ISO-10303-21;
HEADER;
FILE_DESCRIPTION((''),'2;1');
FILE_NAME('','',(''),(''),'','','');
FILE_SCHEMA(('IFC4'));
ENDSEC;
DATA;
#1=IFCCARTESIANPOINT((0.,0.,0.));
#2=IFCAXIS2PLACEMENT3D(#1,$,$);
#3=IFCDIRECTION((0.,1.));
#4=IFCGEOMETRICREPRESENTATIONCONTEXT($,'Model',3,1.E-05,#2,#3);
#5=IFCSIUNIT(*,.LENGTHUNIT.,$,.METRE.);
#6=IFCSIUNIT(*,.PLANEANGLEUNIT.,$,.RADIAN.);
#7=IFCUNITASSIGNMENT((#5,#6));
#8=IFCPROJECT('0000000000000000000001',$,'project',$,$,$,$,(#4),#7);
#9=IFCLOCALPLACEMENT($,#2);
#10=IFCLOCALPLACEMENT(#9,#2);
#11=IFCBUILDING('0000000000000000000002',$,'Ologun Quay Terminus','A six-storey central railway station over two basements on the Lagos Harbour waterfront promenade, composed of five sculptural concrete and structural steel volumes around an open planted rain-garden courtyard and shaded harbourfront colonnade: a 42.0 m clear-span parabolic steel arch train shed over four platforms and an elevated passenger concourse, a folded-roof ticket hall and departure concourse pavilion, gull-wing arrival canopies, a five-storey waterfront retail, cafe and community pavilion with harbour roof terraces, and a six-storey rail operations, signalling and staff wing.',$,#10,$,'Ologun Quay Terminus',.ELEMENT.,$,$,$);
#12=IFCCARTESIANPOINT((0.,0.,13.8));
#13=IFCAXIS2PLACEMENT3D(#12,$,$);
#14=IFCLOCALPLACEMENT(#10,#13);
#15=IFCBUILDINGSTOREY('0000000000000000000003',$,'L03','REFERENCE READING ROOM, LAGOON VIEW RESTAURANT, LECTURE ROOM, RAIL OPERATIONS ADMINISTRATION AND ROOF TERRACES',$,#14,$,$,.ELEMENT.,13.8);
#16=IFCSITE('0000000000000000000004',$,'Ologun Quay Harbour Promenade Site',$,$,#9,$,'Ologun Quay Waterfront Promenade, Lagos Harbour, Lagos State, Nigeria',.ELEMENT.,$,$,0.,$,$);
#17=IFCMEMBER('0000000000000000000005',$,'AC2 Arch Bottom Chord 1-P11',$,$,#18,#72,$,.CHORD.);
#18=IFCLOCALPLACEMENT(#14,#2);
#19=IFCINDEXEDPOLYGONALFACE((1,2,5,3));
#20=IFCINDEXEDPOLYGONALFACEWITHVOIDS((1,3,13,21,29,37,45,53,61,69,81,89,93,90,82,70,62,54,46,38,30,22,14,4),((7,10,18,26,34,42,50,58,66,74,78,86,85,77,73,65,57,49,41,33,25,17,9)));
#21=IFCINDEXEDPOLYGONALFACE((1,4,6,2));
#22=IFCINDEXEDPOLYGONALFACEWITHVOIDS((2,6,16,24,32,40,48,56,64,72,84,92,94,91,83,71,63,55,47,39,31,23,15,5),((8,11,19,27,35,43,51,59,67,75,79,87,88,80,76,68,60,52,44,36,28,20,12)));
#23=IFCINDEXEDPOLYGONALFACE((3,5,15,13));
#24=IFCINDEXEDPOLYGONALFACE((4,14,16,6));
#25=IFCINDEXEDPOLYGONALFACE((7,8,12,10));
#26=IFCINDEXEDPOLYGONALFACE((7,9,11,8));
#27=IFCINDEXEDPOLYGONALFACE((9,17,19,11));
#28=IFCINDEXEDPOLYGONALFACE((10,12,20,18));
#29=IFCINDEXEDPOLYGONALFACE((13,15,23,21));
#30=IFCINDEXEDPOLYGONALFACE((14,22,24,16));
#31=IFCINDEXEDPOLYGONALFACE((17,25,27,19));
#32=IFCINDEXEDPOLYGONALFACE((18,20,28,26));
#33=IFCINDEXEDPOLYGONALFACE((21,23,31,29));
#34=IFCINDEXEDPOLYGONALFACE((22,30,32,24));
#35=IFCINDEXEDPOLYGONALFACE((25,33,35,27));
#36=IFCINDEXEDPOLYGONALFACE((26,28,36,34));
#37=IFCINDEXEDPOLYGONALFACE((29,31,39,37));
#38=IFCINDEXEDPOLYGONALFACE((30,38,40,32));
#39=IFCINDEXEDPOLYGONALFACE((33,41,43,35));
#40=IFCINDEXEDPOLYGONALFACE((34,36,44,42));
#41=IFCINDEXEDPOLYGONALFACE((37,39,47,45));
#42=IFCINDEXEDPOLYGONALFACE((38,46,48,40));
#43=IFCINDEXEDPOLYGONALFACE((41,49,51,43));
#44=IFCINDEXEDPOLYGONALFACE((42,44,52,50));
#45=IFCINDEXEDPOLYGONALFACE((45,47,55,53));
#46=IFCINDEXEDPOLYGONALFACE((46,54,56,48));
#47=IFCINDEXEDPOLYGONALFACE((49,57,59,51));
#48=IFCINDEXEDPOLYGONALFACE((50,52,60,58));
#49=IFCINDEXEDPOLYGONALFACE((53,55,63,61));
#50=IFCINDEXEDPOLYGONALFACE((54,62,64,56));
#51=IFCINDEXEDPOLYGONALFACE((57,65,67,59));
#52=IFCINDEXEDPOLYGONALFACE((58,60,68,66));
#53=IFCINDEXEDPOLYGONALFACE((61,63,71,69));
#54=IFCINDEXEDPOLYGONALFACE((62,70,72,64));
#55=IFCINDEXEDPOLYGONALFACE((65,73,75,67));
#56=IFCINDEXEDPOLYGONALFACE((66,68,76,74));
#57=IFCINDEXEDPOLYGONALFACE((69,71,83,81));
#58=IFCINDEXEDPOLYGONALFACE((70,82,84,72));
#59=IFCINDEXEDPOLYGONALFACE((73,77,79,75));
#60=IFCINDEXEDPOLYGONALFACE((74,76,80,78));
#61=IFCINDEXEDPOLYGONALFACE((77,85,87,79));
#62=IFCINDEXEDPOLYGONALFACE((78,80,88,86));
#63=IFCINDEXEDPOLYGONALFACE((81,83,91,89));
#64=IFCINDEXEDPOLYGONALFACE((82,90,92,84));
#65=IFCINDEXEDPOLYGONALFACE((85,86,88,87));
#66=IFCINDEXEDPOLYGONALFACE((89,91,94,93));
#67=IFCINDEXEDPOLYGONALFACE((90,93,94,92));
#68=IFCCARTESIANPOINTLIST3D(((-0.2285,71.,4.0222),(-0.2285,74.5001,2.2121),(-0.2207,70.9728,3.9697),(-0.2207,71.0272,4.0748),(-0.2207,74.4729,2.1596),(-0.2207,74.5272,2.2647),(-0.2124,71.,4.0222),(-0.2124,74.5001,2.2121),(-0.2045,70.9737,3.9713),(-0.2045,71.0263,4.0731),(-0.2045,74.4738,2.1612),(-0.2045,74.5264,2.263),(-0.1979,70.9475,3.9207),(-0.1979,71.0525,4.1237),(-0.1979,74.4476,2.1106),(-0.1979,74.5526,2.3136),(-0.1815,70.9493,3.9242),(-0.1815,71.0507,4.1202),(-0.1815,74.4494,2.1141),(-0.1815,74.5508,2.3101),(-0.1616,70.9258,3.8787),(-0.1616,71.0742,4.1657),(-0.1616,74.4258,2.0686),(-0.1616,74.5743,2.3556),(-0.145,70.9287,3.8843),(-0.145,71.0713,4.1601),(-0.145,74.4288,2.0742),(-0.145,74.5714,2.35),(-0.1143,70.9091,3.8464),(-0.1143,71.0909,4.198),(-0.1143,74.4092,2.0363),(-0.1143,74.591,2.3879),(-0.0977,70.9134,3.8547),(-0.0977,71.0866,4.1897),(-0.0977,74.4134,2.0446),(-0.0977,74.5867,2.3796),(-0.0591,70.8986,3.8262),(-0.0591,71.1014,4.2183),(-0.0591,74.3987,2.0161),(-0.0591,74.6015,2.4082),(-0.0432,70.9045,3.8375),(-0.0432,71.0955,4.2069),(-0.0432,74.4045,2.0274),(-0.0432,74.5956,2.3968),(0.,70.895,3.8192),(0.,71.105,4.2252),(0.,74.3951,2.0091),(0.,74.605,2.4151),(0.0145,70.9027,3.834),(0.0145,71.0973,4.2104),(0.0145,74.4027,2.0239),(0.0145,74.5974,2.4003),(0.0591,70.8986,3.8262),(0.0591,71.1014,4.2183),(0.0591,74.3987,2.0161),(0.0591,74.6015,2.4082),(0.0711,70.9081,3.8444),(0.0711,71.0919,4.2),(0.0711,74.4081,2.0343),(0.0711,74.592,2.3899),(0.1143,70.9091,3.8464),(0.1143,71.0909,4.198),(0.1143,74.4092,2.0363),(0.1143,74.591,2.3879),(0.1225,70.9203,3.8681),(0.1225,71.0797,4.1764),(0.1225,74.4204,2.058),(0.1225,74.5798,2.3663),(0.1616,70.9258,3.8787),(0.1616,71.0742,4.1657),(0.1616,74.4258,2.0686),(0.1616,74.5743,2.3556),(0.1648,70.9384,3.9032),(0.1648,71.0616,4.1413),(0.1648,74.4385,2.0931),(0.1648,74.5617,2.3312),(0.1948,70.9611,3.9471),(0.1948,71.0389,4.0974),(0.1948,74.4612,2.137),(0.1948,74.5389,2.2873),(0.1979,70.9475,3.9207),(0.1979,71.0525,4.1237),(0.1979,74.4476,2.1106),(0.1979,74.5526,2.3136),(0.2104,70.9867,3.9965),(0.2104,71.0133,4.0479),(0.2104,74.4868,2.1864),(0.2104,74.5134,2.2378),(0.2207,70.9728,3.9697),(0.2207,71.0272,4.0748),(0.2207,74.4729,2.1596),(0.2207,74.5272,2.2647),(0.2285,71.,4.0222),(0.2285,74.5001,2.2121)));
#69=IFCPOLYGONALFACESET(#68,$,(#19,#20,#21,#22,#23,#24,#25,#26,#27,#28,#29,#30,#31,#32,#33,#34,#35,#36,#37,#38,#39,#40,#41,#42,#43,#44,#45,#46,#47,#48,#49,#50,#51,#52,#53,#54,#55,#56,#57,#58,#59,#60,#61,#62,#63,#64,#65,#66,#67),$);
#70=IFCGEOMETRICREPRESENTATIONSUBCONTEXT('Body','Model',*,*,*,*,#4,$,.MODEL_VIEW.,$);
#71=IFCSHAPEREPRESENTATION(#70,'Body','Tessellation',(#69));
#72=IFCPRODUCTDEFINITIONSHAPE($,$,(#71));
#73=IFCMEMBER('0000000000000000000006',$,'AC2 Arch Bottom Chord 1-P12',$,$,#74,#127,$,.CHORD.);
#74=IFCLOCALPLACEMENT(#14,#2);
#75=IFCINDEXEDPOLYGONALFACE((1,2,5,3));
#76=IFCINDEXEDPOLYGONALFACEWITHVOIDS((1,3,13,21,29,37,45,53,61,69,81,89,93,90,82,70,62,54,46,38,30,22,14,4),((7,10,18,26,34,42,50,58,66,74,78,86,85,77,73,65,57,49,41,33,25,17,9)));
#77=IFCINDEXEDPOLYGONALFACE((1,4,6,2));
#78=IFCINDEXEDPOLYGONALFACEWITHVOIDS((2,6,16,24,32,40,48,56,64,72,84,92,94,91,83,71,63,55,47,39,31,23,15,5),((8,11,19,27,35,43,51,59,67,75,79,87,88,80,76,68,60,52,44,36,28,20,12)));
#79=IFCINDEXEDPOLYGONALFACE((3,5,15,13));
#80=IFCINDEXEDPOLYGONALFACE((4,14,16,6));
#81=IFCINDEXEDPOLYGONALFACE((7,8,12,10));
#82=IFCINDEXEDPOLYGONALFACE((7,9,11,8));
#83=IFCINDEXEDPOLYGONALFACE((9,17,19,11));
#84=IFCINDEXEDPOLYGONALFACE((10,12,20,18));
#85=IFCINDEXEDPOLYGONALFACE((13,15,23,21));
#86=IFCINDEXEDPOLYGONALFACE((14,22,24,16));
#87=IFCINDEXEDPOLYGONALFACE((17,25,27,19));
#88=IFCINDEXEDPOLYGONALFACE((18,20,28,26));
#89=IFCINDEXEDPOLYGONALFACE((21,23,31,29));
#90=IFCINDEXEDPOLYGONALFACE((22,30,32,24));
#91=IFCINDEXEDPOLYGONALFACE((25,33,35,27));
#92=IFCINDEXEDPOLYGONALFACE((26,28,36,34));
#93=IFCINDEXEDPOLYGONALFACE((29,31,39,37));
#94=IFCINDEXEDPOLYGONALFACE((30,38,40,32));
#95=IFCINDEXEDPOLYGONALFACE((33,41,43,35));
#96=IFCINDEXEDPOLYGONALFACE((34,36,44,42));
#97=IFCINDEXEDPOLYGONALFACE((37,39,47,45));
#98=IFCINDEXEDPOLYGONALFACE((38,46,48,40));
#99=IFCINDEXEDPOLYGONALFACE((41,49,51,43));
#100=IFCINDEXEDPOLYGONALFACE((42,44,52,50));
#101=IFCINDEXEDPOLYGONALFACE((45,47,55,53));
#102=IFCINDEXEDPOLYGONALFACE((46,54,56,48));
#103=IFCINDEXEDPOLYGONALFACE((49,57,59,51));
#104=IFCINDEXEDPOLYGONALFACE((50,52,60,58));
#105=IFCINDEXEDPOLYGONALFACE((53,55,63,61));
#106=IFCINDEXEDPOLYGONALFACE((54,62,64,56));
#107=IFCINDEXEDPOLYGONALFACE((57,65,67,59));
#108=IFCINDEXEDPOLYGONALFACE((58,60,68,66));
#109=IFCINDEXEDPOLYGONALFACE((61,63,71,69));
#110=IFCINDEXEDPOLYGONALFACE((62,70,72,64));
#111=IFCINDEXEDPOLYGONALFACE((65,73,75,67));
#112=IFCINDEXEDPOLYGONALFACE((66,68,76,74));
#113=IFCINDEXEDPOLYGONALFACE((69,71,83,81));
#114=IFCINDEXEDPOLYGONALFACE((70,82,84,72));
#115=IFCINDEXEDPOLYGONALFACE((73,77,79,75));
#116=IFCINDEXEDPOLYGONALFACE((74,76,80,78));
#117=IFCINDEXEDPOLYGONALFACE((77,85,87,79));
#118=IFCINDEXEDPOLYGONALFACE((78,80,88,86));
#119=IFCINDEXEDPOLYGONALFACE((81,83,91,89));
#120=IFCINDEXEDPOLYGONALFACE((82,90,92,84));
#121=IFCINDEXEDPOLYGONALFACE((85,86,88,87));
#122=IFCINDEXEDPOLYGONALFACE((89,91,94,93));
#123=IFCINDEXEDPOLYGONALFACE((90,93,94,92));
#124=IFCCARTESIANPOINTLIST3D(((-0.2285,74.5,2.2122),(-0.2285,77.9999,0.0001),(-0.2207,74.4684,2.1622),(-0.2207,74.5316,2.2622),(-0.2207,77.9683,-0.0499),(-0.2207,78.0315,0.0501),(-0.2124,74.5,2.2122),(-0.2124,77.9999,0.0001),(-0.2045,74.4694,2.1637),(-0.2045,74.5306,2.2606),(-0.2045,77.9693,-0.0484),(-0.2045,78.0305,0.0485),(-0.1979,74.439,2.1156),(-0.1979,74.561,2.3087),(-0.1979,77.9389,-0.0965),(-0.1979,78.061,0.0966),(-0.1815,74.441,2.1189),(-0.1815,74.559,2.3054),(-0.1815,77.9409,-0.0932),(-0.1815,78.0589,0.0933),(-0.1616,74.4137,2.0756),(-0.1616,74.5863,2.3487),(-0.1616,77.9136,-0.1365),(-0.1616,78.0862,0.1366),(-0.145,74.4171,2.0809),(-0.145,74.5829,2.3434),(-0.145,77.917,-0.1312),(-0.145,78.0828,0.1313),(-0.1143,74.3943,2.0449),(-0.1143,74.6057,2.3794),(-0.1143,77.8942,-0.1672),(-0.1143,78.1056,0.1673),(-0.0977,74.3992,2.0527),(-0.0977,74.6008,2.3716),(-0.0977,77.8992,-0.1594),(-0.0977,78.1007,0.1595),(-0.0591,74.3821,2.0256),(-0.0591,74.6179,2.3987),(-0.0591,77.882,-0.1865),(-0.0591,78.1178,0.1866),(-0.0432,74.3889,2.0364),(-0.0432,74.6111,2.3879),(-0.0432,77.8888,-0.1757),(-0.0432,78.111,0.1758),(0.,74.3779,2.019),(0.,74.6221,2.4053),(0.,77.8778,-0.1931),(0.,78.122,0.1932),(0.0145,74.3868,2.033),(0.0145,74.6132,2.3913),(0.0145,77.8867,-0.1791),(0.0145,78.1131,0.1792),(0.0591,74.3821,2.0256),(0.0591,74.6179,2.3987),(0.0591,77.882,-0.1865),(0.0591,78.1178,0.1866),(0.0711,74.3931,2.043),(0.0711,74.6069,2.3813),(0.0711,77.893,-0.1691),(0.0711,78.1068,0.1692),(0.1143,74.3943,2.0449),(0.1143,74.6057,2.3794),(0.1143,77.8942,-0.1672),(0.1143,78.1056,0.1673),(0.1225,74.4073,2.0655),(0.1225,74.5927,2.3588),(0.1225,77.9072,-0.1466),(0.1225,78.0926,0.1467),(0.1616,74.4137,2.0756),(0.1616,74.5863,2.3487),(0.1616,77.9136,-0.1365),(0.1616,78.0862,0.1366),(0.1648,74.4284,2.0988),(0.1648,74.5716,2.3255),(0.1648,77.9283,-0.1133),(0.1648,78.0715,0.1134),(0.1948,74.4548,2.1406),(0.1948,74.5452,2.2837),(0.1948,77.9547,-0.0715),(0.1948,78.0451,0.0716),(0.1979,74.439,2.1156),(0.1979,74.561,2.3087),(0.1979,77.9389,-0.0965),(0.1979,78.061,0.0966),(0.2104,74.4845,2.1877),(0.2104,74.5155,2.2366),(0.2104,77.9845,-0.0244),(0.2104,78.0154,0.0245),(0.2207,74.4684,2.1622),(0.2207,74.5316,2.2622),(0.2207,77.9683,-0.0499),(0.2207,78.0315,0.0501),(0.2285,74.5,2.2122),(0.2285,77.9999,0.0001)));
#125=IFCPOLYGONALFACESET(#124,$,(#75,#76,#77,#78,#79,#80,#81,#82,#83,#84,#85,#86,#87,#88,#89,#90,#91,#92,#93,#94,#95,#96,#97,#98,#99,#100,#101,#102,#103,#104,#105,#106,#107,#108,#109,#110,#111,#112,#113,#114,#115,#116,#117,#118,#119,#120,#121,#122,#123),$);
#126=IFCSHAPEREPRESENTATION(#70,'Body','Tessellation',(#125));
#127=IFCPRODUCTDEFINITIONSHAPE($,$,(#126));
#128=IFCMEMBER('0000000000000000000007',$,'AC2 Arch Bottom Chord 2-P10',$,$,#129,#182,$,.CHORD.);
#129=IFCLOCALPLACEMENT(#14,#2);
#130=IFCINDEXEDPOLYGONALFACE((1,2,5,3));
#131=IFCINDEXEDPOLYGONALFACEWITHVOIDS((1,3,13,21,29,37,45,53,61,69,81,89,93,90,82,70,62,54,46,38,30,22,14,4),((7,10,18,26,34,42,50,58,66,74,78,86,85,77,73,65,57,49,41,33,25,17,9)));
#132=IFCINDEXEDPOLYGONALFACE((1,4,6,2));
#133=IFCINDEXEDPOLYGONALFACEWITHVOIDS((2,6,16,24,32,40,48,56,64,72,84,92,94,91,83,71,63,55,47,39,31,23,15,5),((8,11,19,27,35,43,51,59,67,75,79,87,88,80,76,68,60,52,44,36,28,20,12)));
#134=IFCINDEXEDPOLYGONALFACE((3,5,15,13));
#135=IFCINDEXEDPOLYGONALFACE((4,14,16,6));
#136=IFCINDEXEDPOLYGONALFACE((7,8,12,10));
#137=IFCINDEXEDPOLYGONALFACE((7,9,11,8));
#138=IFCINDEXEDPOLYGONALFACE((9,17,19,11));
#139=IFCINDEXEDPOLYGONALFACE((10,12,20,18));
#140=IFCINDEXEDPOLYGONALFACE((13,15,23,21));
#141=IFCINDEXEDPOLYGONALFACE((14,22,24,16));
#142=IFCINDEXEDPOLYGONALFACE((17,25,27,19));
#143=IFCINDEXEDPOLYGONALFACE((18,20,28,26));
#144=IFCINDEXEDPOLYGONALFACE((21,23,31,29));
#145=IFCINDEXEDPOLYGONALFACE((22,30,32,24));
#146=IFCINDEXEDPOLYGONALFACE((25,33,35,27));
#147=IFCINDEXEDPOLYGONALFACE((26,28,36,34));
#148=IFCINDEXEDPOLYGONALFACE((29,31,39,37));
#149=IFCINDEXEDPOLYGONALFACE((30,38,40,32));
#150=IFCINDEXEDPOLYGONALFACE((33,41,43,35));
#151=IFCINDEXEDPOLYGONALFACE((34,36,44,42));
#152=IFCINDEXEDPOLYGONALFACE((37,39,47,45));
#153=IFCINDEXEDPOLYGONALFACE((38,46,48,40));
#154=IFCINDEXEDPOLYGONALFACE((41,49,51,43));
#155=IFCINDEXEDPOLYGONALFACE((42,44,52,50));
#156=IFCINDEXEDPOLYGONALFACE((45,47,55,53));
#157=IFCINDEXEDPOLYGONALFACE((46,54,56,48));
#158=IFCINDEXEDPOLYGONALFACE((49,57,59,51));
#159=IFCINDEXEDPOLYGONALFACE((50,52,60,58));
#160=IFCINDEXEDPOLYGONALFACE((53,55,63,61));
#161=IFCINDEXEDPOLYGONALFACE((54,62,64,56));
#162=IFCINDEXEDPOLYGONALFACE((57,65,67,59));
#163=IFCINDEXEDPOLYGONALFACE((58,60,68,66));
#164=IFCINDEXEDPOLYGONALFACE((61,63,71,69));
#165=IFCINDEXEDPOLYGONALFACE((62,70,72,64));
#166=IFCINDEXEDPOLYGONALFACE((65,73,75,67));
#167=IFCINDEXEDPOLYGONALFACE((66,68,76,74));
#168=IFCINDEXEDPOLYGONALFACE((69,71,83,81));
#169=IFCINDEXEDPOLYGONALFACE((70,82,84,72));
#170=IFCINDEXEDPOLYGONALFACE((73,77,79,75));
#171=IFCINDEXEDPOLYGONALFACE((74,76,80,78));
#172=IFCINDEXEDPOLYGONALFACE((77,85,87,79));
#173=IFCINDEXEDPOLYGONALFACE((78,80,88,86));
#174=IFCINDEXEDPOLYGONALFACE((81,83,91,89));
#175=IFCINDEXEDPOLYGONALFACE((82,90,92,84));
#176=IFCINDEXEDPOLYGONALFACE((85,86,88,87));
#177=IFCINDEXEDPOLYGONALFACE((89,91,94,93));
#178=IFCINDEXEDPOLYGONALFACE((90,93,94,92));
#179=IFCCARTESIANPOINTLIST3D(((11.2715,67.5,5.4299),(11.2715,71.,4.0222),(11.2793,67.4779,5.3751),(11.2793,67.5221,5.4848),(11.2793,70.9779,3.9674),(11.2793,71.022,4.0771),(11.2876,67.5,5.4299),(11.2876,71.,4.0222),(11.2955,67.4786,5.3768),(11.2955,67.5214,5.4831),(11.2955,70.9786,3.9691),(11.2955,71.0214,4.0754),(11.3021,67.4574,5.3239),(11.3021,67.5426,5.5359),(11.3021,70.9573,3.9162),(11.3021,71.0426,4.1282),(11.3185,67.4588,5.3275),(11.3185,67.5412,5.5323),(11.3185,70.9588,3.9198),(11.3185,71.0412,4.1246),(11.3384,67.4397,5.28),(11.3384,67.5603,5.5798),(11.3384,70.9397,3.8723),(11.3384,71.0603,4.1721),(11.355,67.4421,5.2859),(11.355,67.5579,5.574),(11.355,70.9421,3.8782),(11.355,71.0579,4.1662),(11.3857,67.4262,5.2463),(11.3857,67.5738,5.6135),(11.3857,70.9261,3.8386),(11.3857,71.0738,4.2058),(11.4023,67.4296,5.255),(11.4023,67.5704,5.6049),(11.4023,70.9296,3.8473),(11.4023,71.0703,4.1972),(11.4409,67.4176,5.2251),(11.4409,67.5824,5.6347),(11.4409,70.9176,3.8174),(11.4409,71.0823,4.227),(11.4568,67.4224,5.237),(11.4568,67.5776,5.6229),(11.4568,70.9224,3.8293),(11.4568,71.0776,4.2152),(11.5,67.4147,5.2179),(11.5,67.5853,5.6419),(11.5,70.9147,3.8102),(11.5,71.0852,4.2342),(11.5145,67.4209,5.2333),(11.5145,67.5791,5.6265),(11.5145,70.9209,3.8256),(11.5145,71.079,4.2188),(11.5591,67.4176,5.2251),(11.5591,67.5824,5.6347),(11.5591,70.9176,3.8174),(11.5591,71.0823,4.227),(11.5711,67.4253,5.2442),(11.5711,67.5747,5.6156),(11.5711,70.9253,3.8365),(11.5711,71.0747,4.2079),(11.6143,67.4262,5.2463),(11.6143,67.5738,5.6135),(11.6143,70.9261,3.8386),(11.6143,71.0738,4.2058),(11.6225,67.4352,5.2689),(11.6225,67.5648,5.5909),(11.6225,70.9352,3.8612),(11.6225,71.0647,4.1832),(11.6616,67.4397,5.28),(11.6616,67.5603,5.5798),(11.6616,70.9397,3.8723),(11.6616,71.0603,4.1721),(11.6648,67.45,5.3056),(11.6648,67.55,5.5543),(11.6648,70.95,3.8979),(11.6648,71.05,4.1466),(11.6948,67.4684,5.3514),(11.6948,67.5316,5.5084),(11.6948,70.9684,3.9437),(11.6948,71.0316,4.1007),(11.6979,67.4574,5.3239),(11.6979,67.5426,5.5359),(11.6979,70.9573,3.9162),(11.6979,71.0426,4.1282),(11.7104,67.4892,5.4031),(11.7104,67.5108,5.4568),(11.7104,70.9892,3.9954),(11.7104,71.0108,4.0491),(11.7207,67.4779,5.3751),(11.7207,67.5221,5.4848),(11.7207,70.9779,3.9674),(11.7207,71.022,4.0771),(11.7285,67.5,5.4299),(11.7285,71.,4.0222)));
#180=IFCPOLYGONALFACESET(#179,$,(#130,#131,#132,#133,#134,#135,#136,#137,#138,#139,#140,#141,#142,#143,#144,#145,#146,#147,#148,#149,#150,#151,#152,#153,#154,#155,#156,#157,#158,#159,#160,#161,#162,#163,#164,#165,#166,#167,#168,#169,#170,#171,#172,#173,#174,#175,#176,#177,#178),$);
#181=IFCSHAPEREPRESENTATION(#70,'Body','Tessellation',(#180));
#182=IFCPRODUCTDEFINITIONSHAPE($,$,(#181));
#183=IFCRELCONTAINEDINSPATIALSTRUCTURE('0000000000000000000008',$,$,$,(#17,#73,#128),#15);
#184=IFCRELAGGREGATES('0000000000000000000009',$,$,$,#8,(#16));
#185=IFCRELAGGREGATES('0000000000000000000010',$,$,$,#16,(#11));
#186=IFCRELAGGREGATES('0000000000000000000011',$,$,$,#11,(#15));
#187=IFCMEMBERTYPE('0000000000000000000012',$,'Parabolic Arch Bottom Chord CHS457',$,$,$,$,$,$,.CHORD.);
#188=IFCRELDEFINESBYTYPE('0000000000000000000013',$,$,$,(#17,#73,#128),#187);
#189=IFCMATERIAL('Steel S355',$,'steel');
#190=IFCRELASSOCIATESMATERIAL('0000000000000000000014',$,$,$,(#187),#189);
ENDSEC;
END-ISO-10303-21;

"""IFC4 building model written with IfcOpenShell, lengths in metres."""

from ifc_helpers import new_model, si_unit, direction, frame, origin, origin_2d, place, context, subcontext, project, spatial, hollow_circle, extrude, material, material_profile, profile_set, type_object, element, save


model = new_model("IFC4")

# Units and contexts
model_context = context("Model", 3, precision=1e-05, world=origin(), true_north=direction((0.0, 1.0)))
body_context = subcontext(model_context, "Body", "Model", "MODEL_VIEW")
ifc_project = project(units=[si_unit("LENGTHUNIT", "METRE"), si_unit("PLANEANGLEUNIT", "RADIAN")], contexts=[model_context])

# Site, building, storey
site_placement = place(None, origin())
site = spatial("IfcSite", under=ifc_project, at=site_placement, Name="Ologun Quay Harbour Promenade Site", LongName="Ologun Quay Waterfront Promenade, Lagos Harbour, Lagos State, Nigeria", CompositionType="ELEMENT", RefElevation=0.0)
building_placement = place(site_placement, origin())
building = spatial("IfcBuilding", under=site, at=building_placement, Name="Ologun Quay Terminus", Description="A six-storey central railway station over two basements on the Lagos Harbour waterfront promenade, composed of five sculptural concrete and structural steel volumes around an open planted rain-garden courtyard and shaded harbourfront colonnade: a 42.0 m clear-span parabolic steel arch train shed over four platforms and an elevated passenger concourse, a folded-roof ticket hall and departure concourse pavilion, gull-wing arrival canopies, a five-storey waterfront retail, cafe and community pavilion with harbour roof terraces, and a six-storey rail operations, signalling and staff wing.", LongName="Ologun Quay Terminus", CompositionType="ELEMENT")
storey_placement = place(building_placement, frame((0.0, 0.0, 13.8)))
storey = spatial("IfcBuildingStorey", under=building, at=storey_placement, Name="L03", Description="REFERENCE READING ROOM, LAGOON VIEW RESTAURANT, LECTURE ROOM, RAIL OPERATIONS ADMINISTRATION AND ROOF TERRACES", CompositionType="ELEMENT", Elevation=13.8)

# Members
ifc_material_1 = material(Name="Steel S355", Category="steel")
ifc_material_profile_1 = material_profile(ifc_material_1, hollow_circle(Radius=0.2285, WallThickness=0.0161, at=origin_2d()), Name="CHS 457x16")
ifc_profile_set_1 = profile_set([ifc_material_profile_1], Name="Steel S355")
member_type_1 = type_object("IfcMemberType", Name="Parabolic Arch Bottom Chord CHS457", PredefinedType="CHORD", material=ifc_profile_set_1)
member_1_placement = place(storey_placement, frame((0.0, 71.0, 4.0222), z_axis=(0.0, 0.888247, -0.459366), x_axis=(-1.0, 0.0, 0.0)))
element("IfcMember", 1, at=member_1_placement, inside=storey, type_object=member_type_1, Name="AC2 Arch Bottom Chord 1-P11", PredefinedType="CHORD", context=body_context, shape_type="SweptSolid", body=[
    extrude(hollow_circle(Radius=0.2285, WallThickness=0.0161, at=origin_2d()), origin(), (0.0, 0.0, 1.0), 3.9404),
])
member_2_placement = place(storey_placement, frame((0.0, 74.5, 2.2122), z_axis=(0.0, 0.845311, -0.534275), x_axis=(-1.0, 0.0, 0.0)))
element("IfcMember", 2, at=member_2_placement, inside=storey, type_object=member_type_1, Name="AC2 Arch Bottom Chord 1-P12", PredefinedType="CHORD", context=body_context, shape_type="SweptSolid", body=[
    extrude(hollow_circle(Radius=0.2285, WallThickness=0.0161, at=origin_2d()), origin(), (0.0, 0.0, 1.0), 4.1404),
])
member_3_placement = place(storey_placement, frame((11.5, 67.5, 5.4299), z_axis=(0.0, 0.92777, -0.373153), x_axis=(-1.0, 0.0, 0.0)))
element("IfcMember", 3, at=member_3_placement, inside=storey, type_object=member_type_1, Name="AC2 Arch Bottom Chord 2-P10", PredefinedType="CHORD", context=body_context, shape_type="SweptSolid", body=[
    extrude(hollow_circle(Radius=0.2285, WallThickness=0.0161, at=origin_2d()), origin(), (0.0, 0.0, 1.0), 3.7725),
])

save(model, "model.ifc")
